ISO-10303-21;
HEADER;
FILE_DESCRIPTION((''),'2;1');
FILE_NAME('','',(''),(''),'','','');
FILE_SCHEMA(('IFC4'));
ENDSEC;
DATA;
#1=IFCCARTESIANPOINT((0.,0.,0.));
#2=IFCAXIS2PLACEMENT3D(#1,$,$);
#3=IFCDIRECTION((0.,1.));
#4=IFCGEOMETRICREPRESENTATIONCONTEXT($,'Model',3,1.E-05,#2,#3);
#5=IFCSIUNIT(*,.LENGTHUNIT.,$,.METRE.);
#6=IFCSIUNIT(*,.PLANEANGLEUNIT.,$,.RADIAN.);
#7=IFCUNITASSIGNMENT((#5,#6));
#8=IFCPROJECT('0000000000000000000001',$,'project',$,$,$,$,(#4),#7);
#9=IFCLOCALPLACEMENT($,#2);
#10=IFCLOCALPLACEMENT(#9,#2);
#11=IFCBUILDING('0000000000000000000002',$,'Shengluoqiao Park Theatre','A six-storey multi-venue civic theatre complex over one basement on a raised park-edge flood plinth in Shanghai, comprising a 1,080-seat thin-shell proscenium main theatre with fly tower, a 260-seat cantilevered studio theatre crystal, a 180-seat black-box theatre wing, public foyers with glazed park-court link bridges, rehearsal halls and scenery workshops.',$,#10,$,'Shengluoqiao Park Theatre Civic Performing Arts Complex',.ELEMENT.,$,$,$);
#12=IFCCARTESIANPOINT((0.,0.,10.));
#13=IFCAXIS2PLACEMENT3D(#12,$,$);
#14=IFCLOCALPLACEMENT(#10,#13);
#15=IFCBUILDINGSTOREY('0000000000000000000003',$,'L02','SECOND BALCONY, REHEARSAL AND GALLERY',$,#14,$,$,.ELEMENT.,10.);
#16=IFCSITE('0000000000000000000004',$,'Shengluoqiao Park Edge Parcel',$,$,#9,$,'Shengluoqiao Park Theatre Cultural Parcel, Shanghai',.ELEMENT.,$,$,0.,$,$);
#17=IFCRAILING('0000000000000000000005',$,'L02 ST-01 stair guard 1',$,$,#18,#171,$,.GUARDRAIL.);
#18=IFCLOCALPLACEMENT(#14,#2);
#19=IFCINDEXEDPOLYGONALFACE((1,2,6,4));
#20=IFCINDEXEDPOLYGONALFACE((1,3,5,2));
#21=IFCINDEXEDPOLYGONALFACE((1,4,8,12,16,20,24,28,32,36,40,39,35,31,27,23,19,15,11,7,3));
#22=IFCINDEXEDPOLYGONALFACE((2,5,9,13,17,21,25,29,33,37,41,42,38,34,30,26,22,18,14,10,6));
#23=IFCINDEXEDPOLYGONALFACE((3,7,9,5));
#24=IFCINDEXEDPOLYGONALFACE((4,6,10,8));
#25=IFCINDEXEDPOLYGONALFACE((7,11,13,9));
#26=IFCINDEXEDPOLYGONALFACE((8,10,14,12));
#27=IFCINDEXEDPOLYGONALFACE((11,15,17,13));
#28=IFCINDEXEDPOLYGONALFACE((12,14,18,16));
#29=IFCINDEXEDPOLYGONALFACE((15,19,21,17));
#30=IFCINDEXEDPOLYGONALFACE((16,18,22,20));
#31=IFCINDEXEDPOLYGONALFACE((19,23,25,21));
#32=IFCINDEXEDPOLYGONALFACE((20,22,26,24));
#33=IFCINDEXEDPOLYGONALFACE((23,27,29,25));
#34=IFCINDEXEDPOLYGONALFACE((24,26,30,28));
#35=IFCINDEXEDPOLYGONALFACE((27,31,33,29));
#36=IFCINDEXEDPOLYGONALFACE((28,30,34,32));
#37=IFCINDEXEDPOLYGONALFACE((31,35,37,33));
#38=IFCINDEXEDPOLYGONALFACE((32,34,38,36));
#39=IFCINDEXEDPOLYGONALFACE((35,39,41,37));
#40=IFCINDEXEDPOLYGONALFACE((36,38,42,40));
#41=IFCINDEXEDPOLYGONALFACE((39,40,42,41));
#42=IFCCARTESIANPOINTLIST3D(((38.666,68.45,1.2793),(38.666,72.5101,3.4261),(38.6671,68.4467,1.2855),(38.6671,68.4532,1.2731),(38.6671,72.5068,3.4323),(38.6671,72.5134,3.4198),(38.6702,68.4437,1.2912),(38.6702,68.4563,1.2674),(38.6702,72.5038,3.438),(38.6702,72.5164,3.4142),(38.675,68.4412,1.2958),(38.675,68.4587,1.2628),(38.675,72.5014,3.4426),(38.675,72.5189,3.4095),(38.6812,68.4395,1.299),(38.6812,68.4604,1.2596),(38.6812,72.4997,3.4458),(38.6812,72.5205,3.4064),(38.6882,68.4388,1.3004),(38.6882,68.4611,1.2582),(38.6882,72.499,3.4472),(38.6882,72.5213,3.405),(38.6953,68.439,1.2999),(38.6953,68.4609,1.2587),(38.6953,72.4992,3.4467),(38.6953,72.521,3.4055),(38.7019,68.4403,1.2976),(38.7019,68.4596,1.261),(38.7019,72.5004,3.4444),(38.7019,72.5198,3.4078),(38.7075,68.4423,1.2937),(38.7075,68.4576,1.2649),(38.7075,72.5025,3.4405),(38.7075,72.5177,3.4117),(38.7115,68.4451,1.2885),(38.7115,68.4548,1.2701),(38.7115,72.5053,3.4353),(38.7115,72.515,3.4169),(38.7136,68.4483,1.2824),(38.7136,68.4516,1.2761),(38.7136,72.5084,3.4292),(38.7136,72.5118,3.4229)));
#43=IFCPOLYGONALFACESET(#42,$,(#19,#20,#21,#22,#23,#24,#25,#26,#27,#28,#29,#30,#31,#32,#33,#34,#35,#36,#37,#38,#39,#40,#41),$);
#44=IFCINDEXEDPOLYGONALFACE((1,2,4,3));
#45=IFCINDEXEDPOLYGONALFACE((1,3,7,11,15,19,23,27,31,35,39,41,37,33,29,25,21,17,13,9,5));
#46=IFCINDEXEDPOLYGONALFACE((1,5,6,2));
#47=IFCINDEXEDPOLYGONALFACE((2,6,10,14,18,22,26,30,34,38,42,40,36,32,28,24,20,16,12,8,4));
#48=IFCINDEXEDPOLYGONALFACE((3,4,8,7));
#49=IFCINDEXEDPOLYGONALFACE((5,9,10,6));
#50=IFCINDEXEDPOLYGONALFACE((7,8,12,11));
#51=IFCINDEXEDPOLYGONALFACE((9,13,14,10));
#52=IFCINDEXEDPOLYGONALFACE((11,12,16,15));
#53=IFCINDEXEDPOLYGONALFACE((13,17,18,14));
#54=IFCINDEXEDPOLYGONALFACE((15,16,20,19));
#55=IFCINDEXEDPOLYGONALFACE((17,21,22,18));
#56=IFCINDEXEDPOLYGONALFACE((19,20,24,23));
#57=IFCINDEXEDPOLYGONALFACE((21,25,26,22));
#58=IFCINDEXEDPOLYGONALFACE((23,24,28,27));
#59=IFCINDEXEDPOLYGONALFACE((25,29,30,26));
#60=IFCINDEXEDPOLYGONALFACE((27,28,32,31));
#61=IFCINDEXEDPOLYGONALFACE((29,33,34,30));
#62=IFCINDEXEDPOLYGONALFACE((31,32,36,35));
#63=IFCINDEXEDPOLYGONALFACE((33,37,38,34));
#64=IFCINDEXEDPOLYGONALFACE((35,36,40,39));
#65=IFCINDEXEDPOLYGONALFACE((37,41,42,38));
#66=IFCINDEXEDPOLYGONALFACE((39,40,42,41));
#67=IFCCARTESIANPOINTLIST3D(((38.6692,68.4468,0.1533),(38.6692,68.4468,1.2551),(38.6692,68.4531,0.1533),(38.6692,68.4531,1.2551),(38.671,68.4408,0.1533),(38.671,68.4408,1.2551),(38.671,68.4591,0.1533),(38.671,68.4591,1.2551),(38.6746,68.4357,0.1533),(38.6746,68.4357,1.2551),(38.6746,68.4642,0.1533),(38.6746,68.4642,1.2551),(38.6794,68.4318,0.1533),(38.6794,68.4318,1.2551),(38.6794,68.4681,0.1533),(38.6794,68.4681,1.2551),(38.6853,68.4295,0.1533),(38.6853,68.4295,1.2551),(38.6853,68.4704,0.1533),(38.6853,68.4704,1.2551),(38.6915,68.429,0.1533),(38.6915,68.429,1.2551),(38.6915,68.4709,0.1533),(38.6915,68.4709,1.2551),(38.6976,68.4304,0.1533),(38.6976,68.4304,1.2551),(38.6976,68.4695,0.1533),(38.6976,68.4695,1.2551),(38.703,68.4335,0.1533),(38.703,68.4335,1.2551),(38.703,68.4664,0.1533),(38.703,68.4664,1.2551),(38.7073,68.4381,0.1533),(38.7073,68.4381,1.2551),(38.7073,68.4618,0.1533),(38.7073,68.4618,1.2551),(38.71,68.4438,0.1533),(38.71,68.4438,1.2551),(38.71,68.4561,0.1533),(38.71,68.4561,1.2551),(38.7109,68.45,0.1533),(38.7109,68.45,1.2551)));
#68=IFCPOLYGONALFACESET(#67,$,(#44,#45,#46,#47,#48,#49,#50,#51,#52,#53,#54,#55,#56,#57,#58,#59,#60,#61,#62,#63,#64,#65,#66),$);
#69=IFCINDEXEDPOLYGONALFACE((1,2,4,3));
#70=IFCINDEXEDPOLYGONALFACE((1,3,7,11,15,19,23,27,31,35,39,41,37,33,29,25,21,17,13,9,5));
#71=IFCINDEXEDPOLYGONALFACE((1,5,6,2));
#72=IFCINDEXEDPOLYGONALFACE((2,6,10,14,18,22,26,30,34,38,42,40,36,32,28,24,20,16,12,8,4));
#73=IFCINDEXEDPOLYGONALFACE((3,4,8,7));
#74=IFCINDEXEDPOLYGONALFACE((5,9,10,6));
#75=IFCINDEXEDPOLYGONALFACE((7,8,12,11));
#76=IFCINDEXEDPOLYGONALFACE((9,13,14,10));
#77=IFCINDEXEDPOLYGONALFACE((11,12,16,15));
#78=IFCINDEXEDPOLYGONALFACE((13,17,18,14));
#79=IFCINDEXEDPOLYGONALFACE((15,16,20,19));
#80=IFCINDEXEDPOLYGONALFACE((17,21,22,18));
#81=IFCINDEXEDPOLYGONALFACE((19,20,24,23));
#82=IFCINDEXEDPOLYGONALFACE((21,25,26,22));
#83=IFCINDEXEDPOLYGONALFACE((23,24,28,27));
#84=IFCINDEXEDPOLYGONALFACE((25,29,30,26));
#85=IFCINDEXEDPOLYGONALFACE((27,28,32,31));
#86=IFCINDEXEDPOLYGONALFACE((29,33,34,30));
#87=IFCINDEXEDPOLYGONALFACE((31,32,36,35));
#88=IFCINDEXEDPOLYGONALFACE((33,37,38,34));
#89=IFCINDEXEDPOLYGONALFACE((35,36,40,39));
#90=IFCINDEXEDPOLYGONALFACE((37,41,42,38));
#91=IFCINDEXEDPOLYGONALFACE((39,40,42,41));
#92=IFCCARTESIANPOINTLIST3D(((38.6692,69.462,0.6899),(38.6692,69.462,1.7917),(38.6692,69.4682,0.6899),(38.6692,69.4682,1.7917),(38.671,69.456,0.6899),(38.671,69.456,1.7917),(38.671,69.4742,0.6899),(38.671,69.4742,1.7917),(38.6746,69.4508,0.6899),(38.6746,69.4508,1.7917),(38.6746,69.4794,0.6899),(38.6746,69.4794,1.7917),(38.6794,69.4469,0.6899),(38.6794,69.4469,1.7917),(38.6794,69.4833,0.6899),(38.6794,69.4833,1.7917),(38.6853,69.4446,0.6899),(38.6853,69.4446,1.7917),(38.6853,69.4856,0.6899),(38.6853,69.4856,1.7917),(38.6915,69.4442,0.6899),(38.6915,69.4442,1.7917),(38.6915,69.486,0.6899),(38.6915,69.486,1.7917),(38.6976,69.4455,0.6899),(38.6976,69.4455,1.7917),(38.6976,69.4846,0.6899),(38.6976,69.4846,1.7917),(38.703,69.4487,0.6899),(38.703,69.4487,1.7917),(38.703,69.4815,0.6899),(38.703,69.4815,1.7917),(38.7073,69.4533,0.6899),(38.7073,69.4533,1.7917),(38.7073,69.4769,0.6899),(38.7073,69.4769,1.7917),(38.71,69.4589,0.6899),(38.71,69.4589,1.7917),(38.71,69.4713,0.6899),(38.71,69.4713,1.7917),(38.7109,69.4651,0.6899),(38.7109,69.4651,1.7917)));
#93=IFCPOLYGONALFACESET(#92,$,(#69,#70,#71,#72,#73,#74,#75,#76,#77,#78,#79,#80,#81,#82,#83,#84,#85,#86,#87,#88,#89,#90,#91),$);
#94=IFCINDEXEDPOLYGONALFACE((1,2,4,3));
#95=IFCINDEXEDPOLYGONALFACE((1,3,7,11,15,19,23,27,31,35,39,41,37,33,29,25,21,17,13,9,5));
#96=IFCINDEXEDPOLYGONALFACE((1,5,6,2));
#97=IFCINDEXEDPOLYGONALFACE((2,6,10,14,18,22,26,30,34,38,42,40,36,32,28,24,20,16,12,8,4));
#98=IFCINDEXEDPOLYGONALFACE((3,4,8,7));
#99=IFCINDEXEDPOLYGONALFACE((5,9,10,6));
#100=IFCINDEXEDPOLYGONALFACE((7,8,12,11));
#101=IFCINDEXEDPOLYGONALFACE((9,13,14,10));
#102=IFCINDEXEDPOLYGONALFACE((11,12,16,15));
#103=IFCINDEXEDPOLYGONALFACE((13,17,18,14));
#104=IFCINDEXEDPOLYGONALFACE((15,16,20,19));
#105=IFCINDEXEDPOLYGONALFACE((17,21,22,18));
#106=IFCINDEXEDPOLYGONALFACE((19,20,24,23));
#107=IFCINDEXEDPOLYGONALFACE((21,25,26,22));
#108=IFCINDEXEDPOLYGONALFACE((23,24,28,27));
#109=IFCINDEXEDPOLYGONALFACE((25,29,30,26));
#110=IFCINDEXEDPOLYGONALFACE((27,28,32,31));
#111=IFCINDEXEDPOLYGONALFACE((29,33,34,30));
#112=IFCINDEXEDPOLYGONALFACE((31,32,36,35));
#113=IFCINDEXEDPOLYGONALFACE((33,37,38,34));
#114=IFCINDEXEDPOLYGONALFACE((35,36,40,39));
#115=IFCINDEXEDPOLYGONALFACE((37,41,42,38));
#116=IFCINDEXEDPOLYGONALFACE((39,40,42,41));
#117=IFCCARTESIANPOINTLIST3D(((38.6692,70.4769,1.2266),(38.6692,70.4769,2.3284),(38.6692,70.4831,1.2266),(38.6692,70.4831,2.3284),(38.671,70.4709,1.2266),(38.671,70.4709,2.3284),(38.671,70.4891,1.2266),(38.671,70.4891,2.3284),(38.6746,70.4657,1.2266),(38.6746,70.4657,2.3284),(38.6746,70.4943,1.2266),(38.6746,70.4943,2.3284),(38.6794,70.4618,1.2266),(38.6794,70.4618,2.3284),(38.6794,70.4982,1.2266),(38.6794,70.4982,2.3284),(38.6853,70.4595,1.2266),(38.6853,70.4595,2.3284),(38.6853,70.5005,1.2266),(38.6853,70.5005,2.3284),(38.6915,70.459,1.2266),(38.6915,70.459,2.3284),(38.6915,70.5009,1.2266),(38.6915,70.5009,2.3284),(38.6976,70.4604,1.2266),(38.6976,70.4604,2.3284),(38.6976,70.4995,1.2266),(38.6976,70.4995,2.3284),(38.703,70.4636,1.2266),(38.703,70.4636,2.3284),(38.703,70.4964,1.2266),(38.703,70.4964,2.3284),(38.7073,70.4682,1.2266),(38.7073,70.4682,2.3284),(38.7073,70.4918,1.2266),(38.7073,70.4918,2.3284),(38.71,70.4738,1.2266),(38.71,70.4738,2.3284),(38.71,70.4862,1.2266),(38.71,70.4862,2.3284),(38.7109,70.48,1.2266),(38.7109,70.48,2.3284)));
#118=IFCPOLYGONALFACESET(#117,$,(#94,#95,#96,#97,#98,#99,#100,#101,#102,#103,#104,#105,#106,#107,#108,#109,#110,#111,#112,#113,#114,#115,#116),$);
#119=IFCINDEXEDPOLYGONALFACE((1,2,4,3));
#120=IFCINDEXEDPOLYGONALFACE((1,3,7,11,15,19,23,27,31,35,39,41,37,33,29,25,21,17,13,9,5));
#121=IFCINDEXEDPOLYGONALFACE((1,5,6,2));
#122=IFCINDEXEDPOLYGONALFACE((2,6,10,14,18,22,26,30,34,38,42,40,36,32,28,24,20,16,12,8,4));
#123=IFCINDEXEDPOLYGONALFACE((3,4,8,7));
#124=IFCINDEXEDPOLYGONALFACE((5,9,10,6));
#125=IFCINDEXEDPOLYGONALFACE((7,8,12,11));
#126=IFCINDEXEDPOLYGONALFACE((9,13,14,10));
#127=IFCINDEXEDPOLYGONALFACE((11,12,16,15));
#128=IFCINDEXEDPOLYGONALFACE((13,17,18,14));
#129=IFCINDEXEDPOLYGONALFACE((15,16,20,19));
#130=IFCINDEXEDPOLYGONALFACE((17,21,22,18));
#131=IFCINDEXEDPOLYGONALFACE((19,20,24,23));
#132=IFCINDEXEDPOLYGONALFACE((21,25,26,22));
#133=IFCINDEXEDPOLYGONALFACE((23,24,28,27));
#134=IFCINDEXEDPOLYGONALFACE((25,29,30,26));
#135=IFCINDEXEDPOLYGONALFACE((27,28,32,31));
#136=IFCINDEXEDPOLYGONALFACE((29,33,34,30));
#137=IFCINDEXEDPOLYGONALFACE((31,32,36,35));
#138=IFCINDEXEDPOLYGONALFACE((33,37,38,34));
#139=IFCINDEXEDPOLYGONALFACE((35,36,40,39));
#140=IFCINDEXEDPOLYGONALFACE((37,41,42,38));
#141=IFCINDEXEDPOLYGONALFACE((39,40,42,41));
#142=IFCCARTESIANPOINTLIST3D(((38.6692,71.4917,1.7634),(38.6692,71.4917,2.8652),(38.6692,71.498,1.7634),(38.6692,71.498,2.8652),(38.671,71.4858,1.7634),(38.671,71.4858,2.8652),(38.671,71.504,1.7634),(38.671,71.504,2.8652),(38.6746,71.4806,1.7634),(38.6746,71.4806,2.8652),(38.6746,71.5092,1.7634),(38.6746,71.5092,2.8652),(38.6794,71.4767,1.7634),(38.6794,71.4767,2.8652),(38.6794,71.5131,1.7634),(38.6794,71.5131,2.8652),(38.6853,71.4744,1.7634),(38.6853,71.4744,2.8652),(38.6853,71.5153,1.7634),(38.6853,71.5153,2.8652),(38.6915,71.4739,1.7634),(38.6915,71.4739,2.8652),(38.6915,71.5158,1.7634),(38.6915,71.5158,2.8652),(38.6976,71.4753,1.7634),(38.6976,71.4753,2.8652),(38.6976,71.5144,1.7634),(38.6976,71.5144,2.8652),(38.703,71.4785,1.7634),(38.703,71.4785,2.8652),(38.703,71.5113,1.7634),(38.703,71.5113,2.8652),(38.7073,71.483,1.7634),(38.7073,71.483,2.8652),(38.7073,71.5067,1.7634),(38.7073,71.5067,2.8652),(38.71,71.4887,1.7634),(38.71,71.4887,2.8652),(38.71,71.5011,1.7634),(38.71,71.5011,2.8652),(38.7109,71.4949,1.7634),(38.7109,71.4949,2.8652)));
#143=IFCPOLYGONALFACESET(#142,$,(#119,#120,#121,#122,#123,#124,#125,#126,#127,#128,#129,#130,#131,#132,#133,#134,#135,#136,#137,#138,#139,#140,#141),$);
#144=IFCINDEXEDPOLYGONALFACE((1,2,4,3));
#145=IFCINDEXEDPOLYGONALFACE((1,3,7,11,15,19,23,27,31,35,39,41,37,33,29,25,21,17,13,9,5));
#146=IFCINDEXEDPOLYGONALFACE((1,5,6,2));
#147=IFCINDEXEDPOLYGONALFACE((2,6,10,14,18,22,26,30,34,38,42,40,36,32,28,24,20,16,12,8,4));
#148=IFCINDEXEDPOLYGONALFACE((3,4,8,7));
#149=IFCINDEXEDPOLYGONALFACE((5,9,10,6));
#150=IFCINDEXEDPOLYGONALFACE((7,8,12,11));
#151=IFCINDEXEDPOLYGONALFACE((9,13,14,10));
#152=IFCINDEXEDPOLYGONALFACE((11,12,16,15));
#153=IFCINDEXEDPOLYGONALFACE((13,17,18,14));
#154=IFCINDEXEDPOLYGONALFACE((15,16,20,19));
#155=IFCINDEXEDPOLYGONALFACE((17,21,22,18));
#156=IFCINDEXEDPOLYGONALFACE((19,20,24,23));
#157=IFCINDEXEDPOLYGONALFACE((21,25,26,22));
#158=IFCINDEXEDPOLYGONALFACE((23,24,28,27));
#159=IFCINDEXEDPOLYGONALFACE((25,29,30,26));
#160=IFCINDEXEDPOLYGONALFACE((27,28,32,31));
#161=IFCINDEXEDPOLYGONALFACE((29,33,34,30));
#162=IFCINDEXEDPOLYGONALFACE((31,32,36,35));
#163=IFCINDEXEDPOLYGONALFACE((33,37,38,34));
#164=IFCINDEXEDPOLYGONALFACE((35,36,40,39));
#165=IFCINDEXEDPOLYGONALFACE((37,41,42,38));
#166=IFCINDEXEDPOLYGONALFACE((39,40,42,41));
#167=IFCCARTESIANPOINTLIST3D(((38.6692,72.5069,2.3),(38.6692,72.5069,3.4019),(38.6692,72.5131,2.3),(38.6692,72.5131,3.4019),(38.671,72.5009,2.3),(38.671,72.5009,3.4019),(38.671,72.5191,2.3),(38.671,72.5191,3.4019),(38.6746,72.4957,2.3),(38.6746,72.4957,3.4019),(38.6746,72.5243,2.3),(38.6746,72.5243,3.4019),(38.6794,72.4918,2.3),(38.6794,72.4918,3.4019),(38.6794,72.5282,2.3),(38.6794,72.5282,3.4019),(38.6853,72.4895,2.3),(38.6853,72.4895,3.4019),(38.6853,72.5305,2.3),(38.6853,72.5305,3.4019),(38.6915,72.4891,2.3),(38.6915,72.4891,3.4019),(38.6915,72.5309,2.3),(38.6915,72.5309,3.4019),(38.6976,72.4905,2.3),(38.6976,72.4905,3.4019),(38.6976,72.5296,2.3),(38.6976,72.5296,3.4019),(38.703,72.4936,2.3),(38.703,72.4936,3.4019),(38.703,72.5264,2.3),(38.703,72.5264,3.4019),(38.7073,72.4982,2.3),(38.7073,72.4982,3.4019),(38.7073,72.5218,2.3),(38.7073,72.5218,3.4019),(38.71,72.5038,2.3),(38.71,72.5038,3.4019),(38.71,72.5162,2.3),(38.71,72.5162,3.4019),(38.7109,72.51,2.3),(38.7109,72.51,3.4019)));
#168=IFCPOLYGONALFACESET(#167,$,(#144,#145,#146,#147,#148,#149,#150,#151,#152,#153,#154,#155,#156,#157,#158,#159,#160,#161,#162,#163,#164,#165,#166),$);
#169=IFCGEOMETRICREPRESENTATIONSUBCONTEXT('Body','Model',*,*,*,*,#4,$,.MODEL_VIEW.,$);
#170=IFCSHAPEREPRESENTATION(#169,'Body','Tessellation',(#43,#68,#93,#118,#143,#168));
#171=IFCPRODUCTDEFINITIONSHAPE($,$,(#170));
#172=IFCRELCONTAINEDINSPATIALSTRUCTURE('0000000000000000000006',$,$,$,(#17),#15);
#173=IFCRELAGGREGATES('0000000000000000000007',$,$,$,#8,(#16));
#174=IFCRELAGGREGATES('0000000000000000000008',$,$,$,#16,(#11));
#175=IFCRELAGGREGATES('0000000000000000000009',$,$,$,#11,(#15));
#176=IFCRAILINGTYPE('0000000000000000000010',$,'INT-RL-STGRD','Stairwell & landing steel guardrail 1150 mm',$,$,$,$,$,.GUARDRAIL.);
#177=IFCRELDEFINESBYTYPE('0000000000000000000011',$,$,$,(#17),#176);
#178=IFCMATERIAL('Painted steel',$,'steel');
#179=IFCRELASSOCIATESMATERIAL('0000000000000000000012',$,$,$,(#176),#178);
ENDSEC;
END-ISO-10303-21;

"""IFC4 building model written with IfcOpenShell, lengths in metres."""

from ifc_helpers import new_model, si_unit, direction, frame, origin, origin_2d, place, context, subcontext, project, spatial, circle, extrude, material, type_object, element, save


model = new_model("IFC4")

# Units and contexts
model_context = context("Model", 3, precision=1e-05, world=origin(), true_north=direction((0.0, 1.0)))
body_context = subcontext(model_context, "Body", "Model", "MODEL_VIEW")
ifc_project = project(units=[si_unit("LENGTHUNIT", "METRE"), si_unit("PLANEANGLEUNIT", "RADIAN")], contexts=[model_context])

# Site, building, storey
site_placement = place(None, origin())
site = spatial("IfcSite", under=ifc_project, at=site_placement, Name="Shengluoqiao Park Edge Parcel", LongName="Shengluoqiao Park Theatre Cultural Parcel, Shanghai", CompositionType="ELEMENT", RefElevation=0.0)
building_placement = place(site_placement, origin())
building = spatial("IfcBuilding", under=site, at=building_placement, Name="Shengluoqiao Park Theatre", Description="A six-storey multi-venue civic theatre complex over one basement on a raised park-edge flood plinth in Shanghai, comprising a 1,080-seat thin-shell proscenium main theatre with fly tower, a 260-seat cantilevered studio theatre crystal, a 180-seat black-box theatre wing, public foyers with glazed park-court link bridges, rehearsal halls and scenery workshops.", LongName="Shengluoqiao Park Theatre Civic Performing Arts Complex", CompositionType="ELEMENT")
storey_placement = place(building_placement, frame((0.0, 0.0, 10.0)))
storey = spatial("IfcBuildingStorey", under=building, at=storey_placement, Name="L02", Description="SECOND BALCONY, REHEARSAL AND GALLERY", CompositionType="ELEMENT", Elevation=10.0)

# Railing
ifc_material_1 = material(Name="Painted steel", Category="steel")
railing_type_1 = type_object("IfcRailingType", Name="INT-RL-STGRD", Description="Stairwell & landing steel guardrail 1150 mm", PredefinedType="GUARDRAIL", material=ifc_material_1)
railing_1_placement = place(storey_placement, frame((38.6899, 68.45, 0.1533)))
element("IfcRailing", 1, at=railing_1_placement, inside=storey, type_object=railing_type_1, Name="L02 ST-01 stair guard 1", PredefinedType="GUARDRAIL", context=body_context, shape_type="SweptSolid", body=[
    extrude(circle(Radius=0.0239, at=origin_2d()), frame((0.0, 0.0, 1.126), z_axis=(0.0, 0.884032, 0.467426), x_axis=(-1.0, 0.0, 0.0)), (0.0, 0.0, 1.0), 4.5928),
    extrude(circle(Radius=0.021, at=origin_2d()), origin(), (0.0, 0.0, 1.0), 1.1018),
    extrude(circle(Radius=0.021, at=origin_2d()), frame((0.0, 1.0151, 0.5366)), (0.0, 0.0, 1.0), 1.1018),
    extrude(circle(Radius=0.021, at=origin_2d()), frame((0.0, 2.03, 1.0732)), (0.0, 0.0, 1.0), 1.1018),
    extrude(circle(Radius=0.021, at=origin_2d()), frame((0.0, 3.0449, 1.6101)), (0.0, 0.0, 1.0), 1.1018),
    extrude(circle(Radius=0.021, at=origin_2d()), frame((0.0, 4.0601, 2.1467)), (0.0, 0.0, 1.0), 1.1018),
])

save(model, "model.ifc")
